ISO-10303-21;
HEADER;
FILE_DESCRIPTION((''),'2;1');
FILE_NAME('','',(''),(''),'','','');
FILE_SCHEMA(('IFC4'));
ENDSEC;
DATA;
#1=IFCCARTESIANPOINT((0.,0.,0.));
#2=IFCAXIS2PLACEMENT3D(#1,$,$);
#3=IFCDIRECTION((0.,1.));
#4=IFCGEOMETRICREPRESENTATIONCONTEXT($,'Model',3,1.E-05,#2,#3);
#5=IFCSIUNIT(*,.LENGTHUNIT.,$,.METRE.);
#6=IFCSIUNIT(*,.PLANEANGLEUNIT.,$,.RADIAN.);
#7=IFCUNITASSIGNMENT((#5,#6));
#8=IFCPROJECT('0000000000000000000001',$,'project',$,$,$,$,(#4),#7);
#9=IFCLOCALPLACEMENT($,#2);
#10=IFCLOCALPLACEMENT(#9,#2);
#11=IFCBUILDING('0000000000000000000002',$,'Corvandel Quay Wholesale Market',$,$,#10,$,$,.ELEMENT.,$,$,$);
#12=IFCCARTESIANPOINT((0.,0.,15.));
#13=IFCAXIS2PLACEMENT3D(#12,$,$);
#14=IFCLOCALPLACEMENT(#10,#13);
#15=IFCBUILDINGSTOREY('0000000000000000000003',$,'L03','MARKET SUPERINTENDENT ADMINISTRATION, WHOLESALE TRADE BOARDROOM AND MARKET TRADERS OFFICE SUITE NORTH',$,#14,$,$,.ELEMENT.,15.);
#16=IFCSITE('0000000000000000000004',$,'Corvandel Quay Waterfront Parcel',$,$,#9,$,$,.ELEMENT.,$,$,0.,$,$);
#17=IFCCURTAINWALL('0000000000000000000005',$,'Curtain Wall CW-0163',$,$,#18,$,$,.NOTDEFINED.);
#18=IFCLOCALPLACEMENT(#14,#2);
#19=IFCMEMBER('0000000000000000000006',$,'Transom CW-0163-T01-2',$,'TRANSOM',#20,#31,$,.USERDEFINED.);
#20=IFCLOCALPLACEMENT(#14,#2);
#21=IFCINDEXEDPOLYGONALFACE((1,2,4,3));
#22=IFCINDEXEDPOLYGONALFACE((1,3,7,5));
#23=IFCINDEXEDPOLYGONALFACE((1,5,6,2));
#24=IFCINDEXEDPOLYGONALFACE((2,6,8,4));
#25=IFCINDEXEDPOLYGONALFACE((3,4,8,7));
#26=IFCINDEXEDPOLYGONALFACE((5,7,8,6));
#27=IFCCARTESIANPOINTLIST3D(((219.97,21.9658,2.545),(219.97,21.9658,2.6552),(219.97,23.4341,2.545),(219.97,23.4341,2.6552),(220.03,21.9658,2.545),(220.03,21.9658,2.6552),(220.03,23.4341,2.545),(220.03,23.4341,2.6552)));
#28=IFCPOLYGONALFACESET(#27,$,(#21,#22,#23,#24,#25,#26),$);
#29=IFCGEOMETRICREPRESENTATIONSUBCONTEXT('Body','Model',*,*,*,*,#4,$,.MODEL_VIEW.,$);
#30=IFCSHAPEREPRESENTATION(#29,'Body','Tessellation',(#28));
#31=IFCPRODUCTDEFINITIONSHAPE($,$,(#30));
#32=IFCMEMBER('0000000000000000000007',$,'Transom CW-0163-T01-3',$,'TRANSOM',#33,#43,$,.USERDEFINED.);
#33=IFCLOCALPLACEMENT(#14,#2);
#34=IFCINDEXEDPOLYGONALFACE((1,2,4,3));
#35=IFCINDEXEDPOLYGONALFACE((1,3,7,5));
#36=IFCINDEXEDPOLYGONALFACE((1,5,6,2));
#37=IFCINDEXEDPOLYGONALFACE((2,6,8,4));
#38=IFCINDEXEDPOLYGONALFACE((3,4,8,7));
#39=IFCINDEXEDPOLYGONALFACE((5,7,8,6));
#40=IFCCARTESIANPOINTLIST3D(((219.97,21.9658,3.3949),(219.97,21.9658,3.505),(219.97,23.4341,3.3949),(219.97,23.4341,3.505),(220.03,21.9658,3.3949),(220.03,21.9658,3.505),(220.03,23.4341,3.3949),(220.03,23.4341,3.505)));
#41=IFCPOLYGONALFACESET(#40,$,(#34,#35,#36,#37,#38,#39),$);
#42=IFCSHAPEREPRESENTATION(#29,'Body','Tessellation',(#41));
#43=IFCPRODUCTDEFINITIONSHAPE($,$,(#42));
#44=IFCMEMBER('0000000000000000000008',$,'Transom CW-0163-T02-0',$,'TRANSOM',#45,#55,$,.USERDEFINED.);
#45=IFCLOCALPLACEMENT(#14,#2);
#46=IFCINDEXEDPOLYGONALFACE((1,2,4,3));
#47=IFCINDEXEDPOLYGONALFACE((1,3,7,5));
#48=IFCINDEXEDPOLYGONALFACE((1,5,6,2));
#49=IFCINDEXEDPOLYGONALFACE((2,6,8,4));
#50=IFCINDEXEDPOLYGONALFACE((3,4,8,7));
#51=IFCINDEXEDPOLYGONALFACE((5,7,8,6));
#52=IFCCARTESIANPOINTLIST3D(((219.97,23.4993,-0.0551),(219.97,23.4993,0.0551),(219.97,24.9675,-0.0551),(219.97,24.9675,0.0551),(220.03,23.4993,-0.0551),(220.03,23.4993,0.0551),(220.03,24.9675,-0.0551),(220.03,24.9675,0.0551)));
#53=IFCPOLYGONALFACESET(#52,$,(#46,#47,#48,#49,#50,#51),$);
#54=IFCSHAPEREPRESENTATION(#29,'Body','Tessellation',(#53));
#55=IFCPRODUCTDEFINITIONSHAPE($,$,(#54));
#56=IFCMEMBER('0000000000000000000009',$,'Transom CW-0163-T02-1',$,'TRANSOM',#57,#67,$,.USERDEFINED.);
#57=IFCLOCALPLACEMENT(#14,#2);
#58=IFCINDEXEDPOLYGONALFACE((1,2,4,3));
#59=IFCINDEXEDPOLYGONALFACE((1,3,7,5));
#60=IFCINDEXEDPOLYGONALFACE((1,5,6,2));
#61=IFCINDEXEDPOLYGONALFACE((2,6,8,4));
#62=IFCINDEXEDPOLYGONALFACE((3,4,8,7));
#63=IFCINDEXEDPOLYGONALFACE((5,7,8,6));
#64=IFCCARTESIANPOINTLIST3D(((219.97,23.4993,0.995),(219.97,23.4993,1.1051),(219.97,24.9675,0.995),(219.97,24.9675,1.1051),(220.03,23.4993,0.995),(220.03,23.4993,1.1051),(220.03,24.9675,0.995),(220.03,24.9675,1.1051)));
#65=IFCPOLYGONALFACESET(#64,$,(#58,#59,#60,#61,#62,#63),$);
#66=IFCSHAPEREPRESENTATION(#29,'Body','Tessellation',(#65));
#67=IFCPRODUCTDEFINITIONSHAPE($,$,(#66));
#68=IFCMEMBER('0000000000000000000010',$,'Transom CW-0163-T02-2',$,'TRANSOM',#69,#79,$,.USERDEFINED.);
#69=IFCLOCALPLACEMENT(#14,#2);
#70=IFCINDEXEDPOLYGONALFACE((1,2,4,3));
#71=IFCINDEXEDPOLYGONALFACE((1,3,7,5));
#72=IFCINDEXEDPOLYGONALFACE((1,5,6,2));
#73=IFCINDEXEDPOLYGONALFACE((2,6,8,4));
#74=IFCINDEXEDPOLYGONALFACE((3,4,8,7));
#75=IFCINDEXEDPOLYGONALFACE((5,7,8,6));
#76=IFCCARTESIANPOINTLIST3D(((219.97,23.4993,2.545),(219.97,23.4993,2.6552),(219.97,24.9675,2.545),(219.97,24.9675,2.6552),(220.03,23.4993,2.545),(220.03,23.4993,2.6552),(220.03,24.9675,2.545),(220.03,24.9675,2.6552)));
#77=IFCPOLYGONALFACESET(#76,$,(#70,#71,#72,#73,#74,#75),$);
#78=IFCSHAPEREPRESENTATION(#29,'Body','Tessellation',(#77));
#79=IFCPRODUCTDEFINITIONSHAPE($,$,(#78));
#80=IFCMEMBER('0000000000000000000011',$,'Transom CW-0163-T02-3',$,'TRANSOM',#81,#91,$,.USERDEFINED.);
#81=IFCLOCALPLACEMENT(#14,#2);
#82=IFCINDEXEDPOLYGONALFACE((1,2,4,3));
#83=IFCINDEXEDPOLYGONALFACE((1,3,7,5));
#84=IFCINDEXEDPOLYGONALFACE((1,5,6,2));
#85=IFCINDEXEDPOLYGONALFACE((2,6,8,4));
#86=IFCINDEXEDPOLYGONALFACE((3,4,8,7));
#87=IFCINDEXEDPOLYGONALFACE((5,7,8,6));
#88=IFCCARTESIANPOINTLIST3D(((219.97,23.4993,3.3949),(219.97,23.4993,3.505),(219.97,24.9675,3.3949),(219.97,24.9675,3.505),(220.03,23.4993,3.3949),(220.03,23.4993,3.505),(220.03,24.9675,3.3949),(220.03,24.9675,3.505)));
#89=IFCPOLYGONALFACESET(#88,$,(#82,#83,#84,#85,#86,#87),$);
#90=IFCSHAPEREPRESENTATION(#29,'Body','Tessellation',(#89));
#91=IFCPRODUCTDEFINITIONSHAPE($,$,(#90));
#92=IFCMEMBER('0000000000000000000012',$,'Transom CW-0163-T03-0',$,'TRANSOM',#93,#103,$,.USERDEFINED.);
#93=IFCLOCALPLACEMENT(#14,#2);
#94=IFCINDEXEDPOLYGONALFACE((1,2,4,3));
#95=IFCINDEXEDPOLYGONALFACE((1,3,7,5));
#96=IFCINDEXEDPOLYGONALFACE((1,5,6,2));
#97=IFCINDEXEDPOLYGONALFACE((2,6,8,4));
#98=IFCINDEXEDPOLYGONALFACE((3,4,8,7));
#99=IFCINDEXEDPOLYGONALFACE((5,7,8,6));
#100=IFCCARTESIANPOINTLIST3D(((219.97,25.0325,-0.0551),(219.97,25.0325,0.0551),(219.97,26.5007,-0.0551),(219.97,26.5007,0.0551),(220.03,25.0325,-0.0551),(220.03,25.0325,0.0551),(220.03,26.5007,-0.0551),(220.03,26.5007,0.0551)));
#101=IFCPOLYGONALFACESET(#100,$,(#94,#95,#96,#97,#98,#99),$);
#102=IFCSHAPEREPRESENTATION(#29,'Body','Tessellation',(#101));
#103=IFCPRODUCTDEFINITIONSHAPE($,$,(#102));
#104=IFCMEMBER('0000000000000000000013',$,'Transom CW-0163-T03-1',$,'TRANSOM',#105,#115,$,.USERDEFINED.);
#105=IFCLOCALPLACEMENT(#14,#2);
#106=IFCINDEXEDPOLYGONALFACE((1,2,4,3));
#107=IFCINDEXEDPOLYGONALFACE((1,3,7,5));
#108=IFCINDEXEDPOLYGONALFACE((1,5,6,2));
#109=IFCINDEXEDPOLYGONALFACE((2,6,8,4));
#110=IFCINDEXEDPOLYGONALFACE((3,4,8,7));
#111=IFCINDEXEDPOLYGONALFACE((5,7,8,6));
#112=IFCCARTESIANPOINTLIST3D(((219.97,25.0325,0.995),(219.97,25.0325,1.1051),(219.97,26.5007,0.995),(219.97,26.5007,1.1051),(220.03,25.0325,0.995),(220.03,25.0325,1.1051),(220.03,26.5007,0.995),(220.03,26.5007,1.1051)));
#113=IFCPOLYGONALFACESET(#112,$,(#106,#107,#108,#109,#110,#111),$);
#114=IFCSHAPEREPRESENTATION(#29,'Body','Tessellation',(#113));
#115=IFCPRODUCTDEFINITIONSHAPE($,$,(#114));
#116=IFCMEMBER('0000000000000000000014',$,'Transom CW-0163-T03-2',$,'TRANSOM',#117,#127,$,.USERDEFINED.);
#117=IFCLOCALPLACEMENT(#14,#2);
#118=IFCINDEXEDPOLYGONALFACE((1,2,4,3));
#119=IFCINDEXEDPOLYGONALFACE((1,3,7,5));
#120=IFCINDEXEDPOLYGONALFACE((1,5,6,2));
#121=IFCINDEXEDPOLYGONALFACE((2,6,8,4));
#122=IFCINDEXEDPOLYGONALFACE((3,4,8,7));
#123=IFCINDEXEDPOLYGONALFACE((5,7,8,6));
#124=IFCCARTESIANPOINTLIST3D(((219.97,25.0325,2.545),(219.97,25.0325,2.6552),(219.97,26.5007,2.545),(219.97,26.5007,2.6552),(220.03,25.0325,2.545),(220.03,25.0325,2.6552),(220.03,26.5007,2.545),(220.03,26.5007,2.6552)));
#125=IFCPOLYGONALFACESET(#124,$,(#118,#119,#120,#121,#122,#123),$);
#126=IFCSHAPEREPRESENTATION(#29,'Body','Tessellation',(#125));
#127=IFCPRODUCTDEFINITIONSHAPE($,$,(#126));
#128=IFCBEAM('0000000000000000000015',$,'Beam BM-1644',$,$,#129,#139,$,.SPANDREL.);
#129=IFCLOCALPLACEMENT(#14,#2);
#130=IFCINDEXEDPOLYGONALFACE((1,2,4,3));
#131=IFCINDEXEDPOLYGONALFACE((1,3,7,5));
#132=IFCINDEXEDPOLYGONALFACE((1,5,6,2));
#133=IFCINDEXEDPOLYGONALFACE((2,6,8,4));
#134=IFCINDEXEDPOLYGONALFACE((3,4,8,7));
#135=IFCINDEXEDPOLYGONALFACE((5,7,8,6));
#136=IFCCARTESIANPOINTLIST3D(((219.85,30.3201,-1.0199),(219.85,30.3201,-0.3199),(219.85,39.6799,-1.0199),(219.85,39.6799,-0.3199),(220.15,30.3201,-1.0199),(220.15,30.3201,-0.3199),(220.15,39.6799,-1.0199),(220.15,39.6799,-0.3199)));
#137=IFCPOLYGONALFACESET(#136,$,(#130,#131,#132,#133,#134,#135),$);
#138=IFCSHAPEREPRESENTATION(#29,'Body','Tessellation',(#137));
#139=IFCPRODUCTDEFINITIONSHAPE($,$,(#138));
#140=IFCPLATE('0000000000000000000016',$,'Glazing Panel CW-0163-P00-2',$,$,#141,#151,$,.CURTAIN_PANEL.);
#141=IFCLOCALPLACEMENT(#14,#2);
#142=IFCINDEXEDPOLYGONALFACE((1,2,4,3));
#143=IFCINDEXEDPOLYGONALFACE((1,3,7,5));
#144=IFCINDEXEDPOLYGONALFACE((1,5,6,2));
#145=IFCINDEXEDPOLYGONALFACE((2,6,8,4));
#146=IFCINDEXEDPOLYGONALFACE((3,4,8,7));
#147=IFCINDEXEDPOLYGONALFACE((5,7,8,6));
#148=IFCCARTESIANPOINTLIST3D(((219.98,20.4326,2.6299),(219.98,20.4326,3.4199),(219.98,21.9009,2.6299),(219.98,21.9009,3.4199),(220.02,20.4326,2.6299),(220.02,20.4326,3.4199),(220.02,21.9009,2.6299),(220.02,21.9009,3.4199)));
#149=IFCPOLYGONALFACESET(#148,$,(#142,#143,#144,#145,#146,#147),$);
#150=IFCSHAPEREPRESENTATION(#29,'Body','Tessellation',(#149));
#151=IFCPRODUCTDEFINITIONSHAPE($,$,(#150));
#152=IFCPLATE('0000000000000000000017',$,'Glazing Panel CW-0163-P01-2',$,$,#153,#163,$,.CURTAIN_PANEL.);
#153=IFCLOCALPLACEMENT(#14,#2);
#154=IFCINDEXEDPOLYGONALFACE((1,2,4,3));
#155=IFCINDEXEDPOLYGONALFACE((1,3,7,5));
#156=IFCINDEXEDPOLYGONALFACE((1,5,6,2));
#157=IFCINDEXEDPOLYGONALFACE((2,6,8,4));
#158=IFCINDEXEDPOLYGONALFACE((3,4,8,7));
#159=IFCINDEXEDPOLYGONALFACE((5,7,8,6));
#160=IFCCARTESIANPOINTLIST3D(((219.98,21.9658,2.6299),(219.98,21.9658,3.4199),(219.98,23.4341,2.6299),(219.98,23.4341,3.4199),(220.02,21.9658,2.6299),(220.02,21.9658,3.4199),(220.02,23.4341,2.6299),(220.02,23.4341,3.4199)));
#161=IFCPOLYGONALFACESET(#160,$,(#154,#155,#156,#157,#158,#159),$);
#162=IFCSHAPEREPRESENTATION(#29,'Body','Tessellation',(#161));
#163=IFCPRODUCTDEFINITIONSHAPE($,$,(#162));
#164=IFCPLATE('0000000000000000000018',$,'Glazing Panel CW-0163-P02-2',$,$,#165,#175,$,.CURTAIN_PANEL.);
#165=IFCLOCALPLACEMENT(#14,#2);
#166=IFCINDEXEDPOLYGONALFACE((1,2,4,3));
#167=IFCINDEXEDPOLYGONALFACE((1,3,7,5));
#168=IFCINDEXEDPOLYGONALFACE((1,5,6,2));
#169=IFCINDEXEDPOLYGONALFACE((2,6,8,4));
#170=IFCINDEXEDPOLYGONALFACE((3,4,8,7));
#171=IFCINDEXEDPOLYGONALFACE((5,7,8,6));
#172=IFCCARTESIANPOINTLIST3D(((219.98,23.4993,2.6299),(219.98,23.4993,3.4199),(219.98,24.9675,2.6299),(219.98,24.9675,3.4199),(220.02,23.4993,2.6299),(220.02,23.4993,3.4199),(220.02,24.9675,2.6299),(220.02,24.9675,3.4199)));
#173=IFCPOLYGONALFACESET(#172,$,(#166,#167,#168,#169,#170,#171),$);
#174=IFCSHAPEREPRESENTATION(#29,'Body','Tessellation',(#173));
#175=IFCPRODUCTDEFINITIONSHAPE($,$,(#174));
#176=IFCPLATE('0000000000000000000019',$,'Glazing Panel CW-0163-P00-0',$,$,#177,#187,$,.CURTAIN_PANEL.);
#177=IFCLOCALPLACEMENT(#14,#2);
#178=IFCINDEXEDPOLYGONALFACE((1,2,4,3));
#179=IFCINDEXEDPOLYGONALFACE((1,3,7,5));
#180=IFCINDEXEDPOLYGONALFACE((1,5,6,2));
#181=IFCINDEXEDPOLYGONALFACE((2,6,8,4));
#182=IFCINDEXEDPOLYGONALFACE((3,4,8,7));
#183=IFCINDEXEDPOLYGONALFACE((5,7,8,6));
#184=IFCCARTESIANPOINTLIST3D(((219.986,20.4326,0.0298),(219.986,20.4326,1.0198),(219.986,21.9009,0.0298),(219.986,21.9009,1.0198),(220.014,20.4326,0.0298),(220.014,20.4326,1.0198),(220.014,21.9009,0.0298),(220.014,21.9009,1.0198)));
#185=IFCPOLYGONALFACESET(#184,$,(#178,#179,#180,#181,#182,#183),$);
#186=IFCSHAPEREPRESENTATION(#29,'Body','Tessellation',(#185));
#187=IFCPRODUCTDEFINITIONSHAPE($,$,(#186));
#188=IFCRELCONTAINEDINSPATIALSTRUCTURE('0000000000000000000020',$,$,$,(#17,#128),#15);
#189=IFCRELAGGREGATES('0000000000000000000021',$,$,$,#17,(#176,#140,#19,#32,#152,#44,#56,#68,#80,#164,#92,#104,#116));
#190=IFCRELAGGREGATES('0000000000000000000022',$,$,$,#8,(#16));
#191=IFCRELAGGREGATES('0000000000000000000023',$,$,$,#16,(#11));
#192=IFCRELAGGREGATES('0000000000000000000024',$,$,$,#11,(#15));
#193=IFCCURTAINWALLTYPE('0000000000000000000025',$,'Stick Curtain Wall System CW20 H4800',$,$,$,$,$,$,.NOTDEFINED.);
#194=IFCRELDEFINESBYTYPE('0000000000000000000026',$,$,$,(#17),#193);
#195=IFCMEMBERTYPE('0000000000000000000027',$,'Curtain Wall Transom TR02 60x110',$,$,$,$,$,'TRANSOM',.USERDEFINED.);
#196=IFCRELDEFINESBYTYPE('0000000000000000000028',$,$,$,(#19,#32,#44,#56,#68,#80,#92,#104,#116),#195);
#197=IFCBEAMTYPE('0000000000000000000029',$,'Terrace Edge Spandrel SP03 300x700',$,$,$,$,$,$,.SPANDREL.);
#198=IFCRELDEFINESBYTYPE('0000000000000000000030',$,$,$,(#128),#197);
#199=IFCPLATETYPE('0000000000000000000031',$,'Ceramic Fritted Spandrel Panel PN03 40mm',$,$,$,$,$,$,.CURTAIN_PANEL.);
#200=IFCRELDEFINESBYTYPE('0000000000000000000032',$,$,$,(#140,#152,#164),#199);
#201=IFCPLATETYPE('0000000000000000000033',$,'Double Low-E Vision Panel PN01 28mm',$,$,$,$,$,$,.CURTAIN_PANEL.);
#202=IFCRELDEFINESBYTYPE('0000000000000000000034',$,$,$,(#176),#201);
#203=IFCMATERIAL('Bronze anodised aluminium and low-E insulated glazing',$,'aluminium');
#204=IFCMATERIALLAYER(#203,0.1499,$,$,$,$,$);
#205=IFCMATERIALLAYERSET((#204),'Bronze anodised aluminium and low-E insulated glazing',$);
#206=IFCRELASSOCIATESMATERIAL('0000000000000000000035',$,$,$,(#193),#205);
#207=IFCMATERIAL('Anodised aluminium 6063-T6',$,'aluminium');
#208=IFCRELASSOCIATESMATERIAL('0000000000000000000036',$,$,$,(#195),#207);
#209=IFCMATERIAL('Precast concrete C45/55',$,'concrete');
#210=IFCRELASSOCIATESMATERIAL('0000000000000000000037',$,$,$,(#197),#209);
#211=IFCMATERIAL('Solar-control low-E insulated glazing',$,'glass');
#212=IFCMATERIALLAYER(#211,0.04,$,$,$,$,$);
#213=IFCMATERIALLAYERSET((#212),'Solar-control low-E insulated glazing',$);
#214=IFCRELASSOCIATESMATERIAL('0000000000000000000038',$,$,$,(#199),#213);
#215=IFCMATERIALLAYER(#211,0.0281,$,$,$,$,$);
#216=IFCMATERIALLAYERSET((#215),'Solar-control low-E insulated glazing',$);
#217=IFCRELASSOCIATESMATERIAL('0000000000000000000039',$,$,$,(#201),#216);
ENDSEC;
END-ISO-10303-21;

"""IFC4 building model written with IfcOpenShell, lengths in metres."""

from ifc_helpers import new_model, si_unit, direction, frame, origin, origin_2d, place, context, subcontext, project, spatial, rectangle, extrude, material, layer, layer_set, material_profile, profile_set, type_object, element, aggregate, save


model = new_model("IFC4")

# Units and contexts
model_context = context("Model", 3, precision=1e-05, world=origin(), true_north=direction((0.0, 1.0)))
body_context = subcontext(model_context, "Body", "Model", "MODEL_VIEW")
ifc_project = project(units=[si_unit("LENGTHUNIT", "METRE"), si_unit("PLANEANGLEUNIT", "RADIAN")], contexts=[model_context])

# Site, building, storey
site_placement = place(None, origin())
site = spatial("IfcSite", under=ifc_project, at=site_placement, Name="Corvandel Quay Waterfront Parcel", CompositionType="ELEMENT", RefElevation=0.0)
building_placement = place(site_placement, origin())
building = spatial("IfcBuilding", under=site, at=building_placement, Name="Corvandel Quay Wholesale Market", CompositionType="ELEMENT")
storey_placement = place(building_placement, frame((0.0, 0.0, 15.0)))
storey = spatial("IfcBuildingStorey", under=building, at=storey_placement, Name="L03", Description="MARKET SUPERINTENDENT ADMINISTRATION, WHOLESALE TRADE BOARDROOM AND MARKET TRADERS OFFICE SUITE NORTH", CompositionType="ELEMENT", Elevation=15.0)

# Shared definitions
ifc_material_1 = material(Name="Precast concrete C45/55", Category="concrete")

# Curtain wall, members
ifc_material_2 = material(Name="Bronze anodised aluminium and low-E insulated glazing", Category="aluminium")
ifc_layer_1 = layer(ifc_material_2, 0.1499)
ifc_layer_set_1 = layer_set([ifc_layer_1], Name="Bronze anodised aluminium and low-E insulated glazing")
curtain_wall_type = type_object("IfcCurtainWallType", Name="Stick Curtain Wall System CW20 H4800", PredefinedType="NOTDEFINED", material=ifc_layer_set_1)
curtain_wall_placement = place(storey_placement, origin())
curtain_wall = element("IfcCurtainWall", 1, at=curtain_wall_placement, inside=storey, type_object=curtain_wall_type, Name="Curtain Wall CW-0163", PredefinedType="NOTDEFINED")
ifc_material_3 = material(Name="Anodised aluminium 6063-T6", Category="aluminium")
ifc_material_profile_1 = material_profile(ifc_material_3, rectangle(XDim=0.0601, YDim=0.1101, at=origin_2d()), Name="ALU-TRN-60x110")
ifc_profile_set_1 = profile_set([ifc_material_profile_1], Name="Anodised aluminium 6063-T6")
member_type_1 = type_object("IfcMemberType", Name="Curtain Wall Transom TR02 60x110", ElementType="TRANSOM", PredefinedType="USERDEFINED", material=ifc_profile_set_1)
member_1_placement = place(storey_placement, frame((220.0, 21.9658, 2.6001), z_axis=(0.0, 1.0, 0.0), x_axis=(-1.0, 0.0, 0.0)))
member_1 = element("IfcMember", 2, at=member_1_placement, type_object=member_type_1, Name="Transom CW-0163-T01-2", ObjectType="TRANSOM", PredefinedType="USERDEFINED", context=body_context, shape_type="SweptSolid", body=[
    extrude(rectangle(XDim=0.0601, YDim=0.1101, at=origin_2d()), origin(), (0.0, 0.0, 1.0), 1.4683),
])
member_2_placement = place(storey_placement, frame((220.0, 21.9658, 3.45), z_axis=(0.0, 1.0, 0.0), x_axis=(-1.0, 0.0, 0.0)))
member_2 = element("IfcMember", 3, at=member_2_placement, type_object=member_type_1, Name="Transom CW-0163-T01-3", ObjectType="TRANSOM", PredefinedType="USERDEFINED", context=body_context, shape_type="SweptSolid", body=[
    extrude(rectangle(XDim=0.0601, YDim=0.1101, at=origin_2d()), origin(), (0.0, 0.0, 1.0), 1.4683),
])
member_3_placement = place(storey_placement, frame((220.0, 23.4993, 0.0), z_axis=(0.0, 1.0, 0.0), x_axis=(-1.0, 0.0, 0.0)))
member_3 = element("IfcMember", 4, at=member_3_placement, type_object=member_type_1, Name="Transom CW-0163-T02-0", ObjectType="TRANSOM", PredefinedType="USERDEFINED", context=body_context, shape_type="SweptSolid", body=[
    extrude(rectangle(XDim=0.0601, YDim=0.1101, at=origin_2d()), origin(), (0.0, 0.0, 1.0), 1.4683),
])
member_4_placement = place(storey_placement, frame((220.0, 23.4993, 1.05), z_axis=(0.0, 1.0, 0.0), x_axis=(-1.0, 0.0, 0.0)))
member_4 = element("IfcMember", 5, at=member_4_placement, type_object=member_type_1, Name="Transom CW-0163-T02-1", ObjectType="TRANSOM", PredefinedType="USERDEFINED", context=body_context, shape_type="SweptSolid", body=[
    extrude(rectangle(XDim=0.0601, YDim=0.1101, at=origin_2d()), origin(), (0.0, 0.0, 1.0), 1.4683),
])
member_5_placement = place(storey_placement, frame((220.0, 23.4993, 2.6001), z_axis=(0.0, 1.0, 0.0), x_axis=(-1.0, 0.0, 0.0)))
member_5 = element("IfcMember", 6, at=member_5_placement, type_object=member_type_1, Name="Transom CW-0163-T02-2", ObjectType="TRANSOM", PredefinedType="USERDEFINED", context=body_context, shape_type="SweptSolid", body=[
    extrude(rectangle(XDim=0.0601, YDim=0.1101, at=origin_2d()), origin(), (0.0, 0.0, 1.0), 1.4683),
])
member_6_placement = place(storey_placement, frame((220.0, 23.4993, 3.45), z_axis=(0.0, 1.0, 0.0), x_axis=(-1.0, 0.0, 0.0)))
member_6 = element("IfcMember", 7, at=member_6_placement, type_object=member_type_1, Name="Transom CW-0163-T02-3", ObjectType="TRANSOM", PredefinedType="USERDEFINED", context=body_context, shape_type="SweptSolid", body=[
    extrude(rectangle(XDim=0.0601, YDim=0.1101, at=origin_2d()), origin(), (0.0, 0.0, 1.0), 1.4683),
])
member_7_placement = place(storey_placement, frame((220.0, 25.0325, 0.0), z_axis=(0.0, 1.0, 0.0), x_axis=(-1.0, 0.0, 0.0)))
member_7 = element("IfcMember", 8, at=member_7_placement, type_object=member_type_1, Name="Transom CW-0163-T03-0", ObjectType="TRANSOM", PredefinedType="USERDEFINED", context=body_context, shape_type="SweptSolid", body=[
    extrude(rectangle(XDim=0.0601, YDim=0.1101, at=origin_2d()), origin(), (0.0, 0.0, 1.0), 1.4683),
])
member_8_placement = place(storey_placement, frame((220.0, 25.0325, 1.05), z_axis=(0.0, 1.0, 0.0), x_axis=(-1.0, 0.0, 0.0)))
member_8 = element("IfcMember", 9, at=member_8_placement, type_object=member_type_1, Name="Transom CW-0163-T03-1", ObjectType="TRANSOM", PredefinedType="USERDEFINED", context=body_context, shape_type="SweptSolid", body=[
    extrude(rectangle(XDim=0.0601, YDim=0.1101, at=origin_2d()), origin(), (0.0, 0.0, 1.0), 1.4683),
])
member_9_placement = place(storey_placement, frame((220.0, 25.0325, 2.6001), z_axis=(0.0, 1.0, 0.0), x_axis=(-1.0, 0.0, 0.0)))
member_9 = element("IfcMember", 10, at=member_9_placement, type_object=member_type_1, Name="Transom CW-0163-T03-2", ObjectType="TRANSOM", PredefinedType="USERDEFINED", context=body_context, shape_type="SweptSolid", body=[
    extrude(rectangle(XDim=0.0601, YDim=0.1101, at=origin_2d()), origin(), (0.0, 0.0, 1.0), 1.4683),
])

# Beam
ifc_material_profile_2 = material_profile(ifc_material_1, rectangle(XDim=0.3, YDim=0.7, at=origin_2d()), Name="PC-SPN-300x700")
ifc_profile_set_2 = profile_set([ifc_material_profile_2], Name="Precast concrete C45/55")
beam_type = type_object("IfcBeamType", Name="Terrace Edge Spandrel SP03 300x700", PredefinedType="SPANDREL", material=ifc_profile_set_2)
beam_placement = place(storey_placement, frame((220.0, 30.3201, -0.6699), z_axis=(0.0, 1.0, 0.0), x_axis=(-1.0, 0.0, 0.0)))
element("IfcBeam", 11, at=beam_placement, inside=storey, type_object=beam_type, Name="Beam BM-1644", PredefinedType="SPANDREL", context=body_context, shape_type="SweptSolid", body=[
    extrude(rectangle(XDim=0.3, YDim=0.7, at=origin_2d()), origin(), (0.0, 0.0, 1.0), 9.3599),
])

# Plates
ifc_material_4 = material(Name="Solar-control low-E insulated glazing", Category="glass")
ifc_layer_2 = layer(ifc_material_4, 0.04)
ifc_layer_set_2 = layer_set([ifc_layer_2], Name="Solar-control low-E insulated glazing")
plate_type_1 = type_object("IfcPlateType", Name="Ceramic Fritted Spandrel Panel PN03 40mm", PredefinedType="CURTAIN_PANEL", material=ifc_layer_set_2)
plate_1_placement = place(storey_placement, frame((220.0, 21.1667, 2.6299), z_axis=(0.0, 0.0, 1.0), x_axis=(0.0, 1.0, 0.0)))
plate_1 = element("IfcPlate", 12, at=plate_1_placement, type_object=plate_type_1, Name="Glazing Panel CW-0163-P00-2", PredefinedType="CURTAIN_PANEL", context=body_context, shape_type="SweptSolid", body=[
    extrude(rectangle(XDim=1.4683, YDim=0.04, at=origin_2d()), origin(), (0.0, 0.0, 1.0), 0.79),
])
plate_2_placement = place(storey_placement, frame((220.0, 22.7, 2.6299), z_axis=(0.0, 0.0, 1.0), x_axis=(0.0, 1.0, 0.0)))
plate_2 = element("IfcPlate", 13, at=plate_2_placement, type_object=plate_type_1, Name="Glazing Panel CW-0163-P01-2", PredefinedType="CURTAIN_PANEL", context=body_context, shape_type="SweptSolid", body=[
    extrude(rectangle(XDim=1.4683, YDim=0.04, at=origin_2d()), origin(), (0.0, 0.0, 1.0), 0.79),
])
plate_3_placement = place(storey_placement, frame((220.0, 24.2334, 2.6299), z_axis=(0.0, 0.0, 1.0), x_axis=(0.0, 1.0, 0.0)))
plate_3 = element("IfcPlate", 14, at=plate_3_placement, type_object=plate_type_1, Name="Glazing Panel CW-0163-P02-2", PredefinedType="CURTAIN_PANEL", context=body_context, shape_type="SweptSolid", body=[
    extrude(rectangle(XDim=1.4683, YDim=0.04, at=origin_2d()), origin(), (0.0, 0.0, 1.0), 0.79),
])
ifc_layer_3 = layer(ifc_material_4, 0.0281)
ifc_layer_set_3 = layer_set([ifc_layer_3], Name="Solar-control low-E insulated glazing")
plate_type_2 = type_object("IfcPlateType", Name="Double Low-E Vision Panel PN01 28mm", PredefinedType="CURTAIN_PANEL", material=ifc_layer_set_3)
plate_4_placement = place(storey_placement, frame((220.0, 21.1667, 0.0298), z_axis=(0.0, 0.0, 1.0), x_axis=(0.0, 1.0, 0.0)))
plate_4 = element("IfcPlate", 15, at=plate_4_placement, type_object=plate_type_2, Name="Glazing Panel CW-0163-P00-0", PredefinedType="CURTAIN_PANEL", context=body_context, shape_type="SweptSolid", body=[
    extrude(rectangle(XDim=1.4683, YDim=0.0281, at=origin_2d()), origin(), (0.0, 0.0, 1.0), 0.99),
])
aggregate(curtain_wall, [plate_4, plate_1, member_1, member_2, plate_2, member_3, member_4, member_5, member_6, plate_3, member_7, member_8, member_9])

save(model, "model.ifc")
